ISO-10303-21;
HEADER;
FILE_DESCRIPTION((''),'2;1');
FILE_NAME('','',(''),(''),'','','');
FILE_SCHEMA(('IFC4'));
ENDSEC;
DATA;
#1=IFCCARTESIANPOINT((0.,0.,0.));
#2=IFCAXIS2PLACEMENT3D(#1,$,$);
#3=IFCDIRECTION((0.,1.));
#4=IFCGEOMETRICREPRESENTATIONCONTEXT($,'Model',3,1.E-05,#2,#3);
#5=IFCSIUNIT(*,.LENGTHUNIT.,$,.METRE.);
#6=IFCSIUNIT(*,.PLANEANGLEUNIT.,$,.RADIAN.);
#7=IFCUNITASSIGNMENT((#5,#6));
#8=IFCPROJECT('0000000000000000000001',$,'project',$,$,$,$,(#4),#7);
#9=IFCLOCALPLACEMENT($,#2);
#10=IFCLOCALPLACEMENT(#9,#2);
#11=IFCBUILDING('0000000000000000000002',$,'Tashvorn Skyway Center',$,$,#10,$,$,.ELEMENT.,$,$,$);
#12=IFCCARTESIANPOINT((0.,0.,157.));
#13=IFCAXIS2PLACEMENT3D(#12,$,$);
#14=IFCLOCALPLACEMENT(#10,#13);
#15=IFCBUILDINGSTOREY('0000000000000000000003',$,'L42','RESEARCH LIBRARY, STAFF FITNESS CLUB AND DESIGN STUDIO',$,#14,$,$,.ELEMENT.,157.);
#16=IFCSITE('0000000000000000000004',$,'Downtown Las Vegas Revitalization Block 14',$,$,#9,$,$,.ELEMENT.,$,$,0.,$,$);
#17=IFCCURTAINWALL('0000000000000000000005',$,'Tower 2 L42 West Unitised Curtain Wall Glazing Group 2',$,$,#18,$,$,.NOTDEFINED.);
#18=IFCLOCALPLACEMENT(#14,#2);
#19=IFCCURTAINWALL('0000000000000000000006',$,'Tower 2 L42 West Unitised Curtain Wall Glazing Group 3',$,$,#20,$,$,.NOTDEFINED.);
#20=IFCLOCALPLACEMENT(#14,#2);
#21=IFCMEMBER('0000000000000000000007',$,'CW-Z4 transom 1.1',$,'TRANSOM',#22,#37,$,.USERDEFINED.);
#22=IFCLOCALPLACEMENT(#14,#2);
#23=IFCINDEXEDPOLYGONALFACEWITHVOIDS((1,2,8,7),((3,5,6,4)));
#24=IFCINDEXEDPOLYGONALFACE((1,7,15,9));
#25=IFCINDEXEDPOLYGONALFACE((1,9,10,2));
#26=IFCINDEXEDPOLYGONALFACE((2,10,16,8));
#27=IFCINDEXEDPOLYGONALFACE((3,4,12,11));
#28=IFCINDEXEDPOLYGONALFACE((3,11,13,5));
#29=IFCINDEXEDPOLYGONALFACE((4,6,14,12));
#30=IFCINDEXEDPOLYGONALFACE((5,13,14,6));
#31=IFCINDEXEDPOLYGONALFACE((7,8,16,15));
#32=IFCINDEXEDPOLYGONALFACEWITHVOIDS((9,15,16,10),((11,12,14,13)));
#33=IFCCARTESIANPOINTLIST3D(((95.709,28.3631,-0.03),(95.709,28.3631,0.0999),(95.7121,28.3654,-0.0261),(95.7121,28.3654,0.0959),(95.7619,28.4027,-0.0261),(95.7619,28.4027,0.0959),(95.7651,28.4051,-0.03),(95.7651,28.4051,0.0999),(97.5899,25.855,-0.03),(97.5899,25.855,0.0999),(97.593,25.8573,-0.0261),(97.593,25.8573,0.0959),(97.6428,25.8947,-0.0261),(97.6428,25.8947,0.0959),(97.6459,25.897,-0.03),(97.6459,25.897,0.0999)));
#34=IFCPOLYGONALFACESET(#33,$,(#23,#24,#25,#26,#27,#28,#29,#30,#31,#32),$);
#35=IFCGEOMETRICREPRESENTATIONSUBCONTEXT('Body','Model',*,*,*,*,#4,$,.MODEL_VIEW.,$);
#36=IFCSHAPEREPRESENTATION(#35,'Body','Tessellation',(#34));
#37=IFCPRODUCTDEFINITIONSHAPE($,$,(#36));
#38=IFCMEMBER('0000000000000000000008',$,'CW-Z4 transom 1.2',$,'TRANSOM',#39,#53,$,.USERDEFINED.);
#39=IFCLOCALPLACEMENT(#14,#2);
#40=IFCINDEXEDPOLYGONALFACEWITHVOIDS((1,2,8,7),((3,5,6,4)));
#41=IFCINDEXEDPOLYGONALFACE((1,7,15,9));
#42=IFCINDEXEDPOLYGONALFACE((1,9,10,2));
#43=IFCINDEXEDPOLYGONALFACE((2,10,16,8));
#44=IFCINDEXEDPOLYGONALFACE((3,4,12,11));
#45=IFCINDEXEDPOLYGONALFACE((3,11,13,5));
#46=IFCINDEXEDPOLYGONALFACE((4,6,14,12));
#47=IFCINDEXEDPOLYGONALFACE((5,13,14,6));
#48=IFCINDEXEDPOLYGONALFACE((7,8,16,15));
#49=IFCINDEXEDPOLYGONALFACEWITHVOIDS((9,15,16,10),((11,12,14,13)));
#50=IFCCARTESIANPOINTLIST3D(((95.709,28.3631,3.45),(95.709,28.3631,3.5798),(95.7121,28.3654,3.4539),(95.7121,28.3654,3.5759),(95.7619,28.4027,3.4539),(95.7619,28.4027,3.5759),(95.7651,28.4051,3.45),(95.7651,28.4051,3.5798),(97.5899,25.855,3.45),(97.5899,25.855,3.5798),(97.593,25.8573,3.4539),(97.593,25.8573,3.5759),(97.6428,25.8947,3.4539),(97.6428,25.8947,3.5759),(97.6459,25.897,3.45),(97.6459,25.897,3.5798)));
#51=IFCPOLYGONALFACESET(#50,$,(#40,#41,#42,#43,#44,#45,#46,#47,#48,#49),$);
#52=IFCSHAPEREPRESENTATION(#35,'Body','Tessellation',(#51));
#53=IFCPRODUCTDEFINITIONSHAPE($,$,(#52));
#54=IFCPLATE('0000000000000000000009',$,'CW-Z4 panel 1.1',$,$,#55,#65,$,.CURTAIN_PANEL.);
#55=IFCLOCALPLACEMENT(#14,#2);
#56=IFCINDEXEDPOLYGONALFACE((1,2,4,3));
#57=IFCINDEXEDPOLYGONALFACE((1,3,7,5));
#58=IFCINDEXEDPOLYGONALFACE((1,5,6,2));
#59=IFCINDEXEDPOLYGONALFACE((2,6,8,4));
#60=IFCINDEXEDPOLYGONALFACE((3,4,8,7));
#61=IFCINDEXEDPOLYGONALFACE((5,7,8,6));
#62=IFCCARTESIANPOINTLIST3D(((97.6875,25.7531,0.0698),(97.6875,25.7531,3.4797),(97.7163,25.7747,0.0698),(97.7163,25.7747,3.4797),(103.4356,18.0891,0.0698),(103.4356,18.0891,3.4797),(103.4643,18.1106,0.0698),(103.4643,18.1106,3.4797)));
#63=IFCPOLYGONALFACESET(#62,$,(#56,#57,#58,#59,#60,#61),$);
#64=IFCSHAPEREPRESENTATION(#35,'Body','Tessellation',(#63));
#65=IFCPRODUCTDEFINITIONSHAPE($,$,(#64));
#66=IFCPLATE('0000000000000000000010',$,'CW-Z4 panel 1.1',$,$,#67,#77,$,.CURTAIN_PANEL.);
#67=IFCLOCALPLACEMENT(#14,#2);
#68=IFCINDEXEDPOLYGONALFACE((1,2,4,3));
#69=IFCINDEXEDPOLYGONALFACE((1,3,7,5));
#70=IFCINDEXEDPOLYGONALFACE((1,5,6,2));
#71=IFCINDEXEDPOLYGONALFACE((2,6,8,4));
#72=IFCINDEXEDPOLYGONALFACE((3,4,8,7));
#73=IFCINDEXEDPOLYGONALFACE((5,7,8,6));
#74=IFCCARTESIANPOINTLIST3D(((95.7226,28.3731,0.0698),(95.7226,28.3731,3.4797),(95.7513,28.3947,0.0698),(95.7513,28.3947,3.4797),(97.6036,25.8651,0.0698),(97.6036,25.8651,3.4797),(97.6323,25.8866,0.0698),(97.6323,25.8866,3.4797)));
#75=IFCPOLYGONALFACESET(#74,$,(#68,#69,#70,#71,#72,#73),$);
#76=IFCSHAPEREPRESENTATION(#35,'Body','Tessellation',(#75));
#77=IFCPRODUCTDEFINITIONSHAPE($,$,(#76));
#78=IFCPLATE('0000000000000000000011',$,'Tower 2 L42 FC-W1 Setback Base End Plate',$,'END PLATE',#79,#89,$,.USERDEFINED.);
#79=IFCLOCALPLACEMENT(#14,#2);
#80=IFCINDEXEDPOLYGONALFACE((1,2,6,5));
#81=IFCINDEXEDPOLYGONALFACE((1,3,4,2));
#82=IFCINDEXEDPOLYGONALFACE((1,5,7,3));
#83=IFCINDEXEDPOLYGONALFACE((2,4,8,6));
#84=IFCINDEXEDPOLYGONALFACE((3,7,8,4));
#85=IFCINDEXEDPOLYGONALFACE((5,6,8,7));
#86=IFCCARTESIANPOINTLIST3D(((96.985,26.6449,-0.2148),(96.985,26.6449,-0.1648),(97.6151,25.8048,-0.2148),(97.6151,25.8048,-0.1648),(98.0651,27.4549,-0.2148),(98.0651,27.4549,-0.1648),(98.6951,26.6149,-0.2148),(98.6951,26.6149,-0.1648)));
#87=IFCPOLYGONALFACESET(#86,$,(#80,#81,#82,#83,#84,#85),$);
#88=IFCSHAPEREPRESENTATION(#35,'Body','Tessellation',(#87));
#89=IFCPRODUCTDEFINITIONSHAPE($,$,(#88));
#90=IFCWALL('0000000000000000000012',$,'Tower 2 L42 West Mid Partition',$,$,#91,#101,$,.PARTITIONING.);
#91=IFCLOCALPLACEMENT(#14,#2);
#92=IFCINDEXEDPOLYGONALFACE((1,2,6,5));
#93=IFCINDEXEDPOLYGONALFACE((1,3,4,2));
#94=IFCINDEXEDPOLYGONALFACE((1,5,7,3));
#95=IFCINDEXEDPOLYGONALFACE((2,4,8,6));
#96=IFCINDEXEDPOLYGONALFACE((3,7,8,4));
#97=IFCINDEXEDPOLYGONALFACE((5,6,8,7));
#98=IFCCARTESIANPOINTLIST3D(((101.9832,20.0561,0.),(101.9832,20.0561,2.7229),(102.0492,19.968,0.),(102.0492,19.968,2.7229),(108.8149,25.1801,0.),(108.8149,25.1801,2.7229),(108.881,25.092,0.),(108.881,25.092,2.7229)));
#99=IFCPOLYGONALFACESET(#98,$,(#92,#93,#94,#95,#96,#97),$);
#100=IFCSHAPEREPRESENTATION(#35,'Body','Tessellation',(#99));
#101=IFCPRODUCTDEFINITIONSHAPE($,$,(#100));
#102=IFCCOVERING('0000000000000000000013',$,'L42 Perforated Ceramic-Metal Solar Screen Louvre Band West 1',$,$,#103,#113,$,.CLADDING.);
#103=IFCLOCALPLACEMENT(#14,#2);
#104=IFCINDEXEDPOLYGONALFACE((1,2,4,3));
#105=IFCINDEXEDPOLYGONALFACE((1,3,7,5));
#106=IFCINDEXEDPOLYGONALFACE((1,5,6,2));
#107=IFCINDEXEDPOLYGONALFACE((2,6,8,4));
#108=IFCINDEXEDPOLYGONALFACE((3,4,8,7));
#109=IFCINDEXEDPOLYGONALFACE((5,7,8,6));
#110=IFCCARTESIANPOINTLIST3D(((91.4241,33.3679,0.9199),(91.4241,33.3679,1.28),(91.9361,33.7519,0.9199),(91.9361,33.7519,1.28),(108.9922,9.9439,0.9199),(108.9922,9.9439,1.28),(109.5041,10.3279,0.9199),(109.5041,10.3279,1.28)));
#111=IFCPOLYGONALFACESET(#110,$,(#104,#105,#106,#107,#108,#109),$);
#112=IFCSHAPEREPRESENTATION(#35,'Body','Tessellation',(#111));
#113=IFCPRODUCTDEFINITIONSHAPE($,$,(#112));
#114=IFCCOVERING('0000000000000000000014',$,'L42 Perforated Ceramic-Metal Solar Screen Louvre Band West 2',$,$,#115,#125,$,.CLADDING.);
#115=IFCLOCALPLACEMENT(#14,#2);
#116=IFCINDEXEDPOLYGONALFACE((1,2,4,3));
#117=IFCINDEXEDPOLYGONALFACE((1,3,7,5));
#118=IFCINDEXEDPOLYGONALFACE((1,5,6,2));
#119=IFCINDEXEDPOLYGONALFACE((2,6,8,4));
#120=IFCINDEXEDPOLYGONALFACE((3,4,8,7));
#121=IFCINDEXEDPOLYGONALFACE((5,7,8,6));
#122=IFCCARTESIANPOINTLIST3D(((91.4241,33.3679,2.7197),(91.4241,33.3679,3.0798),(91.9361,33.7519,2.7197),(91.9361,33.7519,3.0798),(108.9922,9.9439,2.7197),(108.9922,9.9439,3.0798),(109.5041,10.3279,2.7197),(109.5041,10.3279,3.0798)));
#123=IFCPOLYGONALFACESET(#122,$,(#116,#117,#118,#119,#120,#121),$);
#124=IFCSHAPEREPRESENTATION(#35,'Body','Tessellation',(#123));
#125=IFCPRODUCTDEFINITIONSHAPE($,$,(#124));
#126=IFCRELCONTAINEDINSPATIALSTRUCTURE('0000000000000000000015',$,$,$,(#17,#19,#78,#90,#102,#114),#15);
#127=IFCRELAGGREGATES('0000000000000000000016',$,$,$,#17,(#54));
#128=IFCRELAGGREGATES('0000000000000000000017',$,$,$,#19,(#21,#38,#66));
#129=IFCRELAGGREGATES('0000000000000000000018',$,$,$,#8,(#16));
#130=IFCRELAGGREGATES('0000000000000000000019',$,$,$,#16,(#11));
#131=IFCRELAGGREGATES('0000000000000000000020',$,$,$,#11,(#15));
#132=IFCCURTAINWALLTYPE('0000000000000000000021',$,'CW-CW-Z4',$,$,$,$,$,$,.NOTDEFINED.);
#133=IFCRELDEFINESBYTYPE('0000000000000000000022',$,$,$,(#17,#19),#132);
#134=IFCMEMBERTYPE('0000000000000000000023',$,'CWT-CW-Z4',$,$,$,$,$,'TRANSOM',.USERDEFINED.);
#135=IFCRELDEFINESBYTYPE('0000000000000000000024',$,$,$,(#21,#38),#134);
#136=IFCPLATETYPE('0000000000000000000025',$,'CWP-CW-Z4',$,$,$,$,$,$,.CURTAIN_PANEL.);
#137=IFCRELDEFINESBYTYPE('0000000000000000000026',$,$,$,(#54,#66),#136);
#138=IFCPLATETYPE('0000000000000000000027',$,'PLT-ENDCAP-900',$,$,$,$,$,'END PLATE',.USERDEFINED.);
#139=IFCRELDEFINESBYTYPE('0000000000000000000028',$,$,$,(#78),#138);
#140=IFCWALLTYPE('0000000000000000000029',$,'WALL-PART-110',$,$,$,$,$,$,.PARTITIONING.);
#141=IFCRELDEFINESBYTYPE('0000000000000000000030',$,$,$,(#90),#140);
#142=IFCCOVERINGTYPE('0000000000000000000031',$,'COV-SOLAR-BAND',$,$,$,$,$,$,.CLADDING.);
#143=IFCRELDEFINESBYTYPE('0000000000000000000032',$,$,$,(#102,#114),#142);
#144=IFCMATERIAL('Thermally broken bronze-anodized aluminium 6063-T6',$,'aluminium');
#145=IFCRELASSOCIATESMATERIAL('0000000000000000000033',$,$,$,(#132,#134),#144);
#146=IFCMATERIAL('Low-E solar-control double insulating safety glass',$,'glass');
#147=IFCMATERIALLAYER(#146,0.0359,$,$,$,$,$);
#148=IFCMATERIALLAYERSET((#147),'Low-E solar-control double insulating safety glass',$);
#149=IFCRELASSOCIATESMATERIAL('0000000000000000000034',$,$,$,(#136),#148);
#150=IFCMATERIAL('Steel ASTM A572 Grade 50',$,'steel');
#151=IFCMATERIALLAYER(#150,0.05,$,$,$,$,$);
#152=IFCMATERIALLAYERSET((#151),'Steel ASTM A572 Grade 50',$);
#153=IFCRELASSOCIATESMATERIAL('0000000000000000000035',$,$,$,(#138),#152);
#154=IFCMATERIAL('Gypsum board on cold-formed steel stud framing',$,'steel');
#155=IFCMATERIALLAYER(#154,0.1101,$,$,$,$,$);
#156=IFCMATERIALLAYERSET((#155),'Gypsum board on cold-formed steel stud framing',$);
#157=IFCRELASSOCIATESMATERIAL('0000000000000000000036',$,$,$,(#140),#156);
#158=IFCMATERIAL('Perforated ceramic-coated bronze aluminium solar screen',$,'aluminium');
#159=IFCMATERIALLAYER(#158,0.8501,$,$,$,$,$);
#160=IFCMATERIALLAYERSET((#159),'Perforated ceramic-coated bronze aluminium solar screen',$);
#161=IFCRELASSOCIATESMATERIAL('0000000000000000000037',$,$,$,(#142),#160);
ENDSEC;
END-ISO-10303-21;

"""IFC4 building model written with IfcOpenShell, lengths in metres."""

from ifc_helpers import new_model, si_unit, direction, frame, frame_2d, origin, origin_2d, place, context, subcontext, project, spatial, rectangle, hollow_rectangle, extrude, material, layer, layer_set, material_profile, profile_set, type_object, element, aggregate, save


model = new_model("IFC4")

# Units and contexts
model_context = context("Model", 3, precision=1e-05, world=origin(), true_north=direction((0.0, 1.0)))
body_context = subcontext(model_context, "Body", "Model", "MODEL_VIEW")
ifc_project = project(units=[si_unit("LENGTHUNIT", "METRE"), si_unit("PLANEANGLEUNIT", "RADIAN")], contexts=[model_context])

# Site, building, storey
site_placement = place(None, origin())
site = spatial("IfcSite", under=ifc_project, at=site_placement, Name="Downtown Las Vegas Revitalization Block 14", CompositionType="ELEMENT", RefElevation=0.0)
building_placement = place(site_placement, origin())
building = spatial("IfcBuilding", under=site, at=building_placement, Name="Tashvorn Skyway Center", CompositionType="ELEMENT")
storey_placement = place(building_placement, frame((0.0, 0.0, 157.0)))
storey = spatial("IfcBuildingStorey", under=building, at=storey_placement, Name="L42", Description="RESEARCH LIBRARY, STAFF FITNESS CLUB AND DESIGN STUDIO", CompositionType="ELEMENT", Elevation=157.0)

# Shared definitions
ifc_material_1 = material(Name="Steel ASTM A572 Grade 50", Category="steel")

# Shared definitions
ifc_material_2 = material(Name="Thermally broken bronze-anodized aluminium 6063-T6", Category="aluminium")
curtain_wall_type = type_object("IfcCurtainWallType", Name="CW-CW-Z4", PredefinedType="NOTDEFINED", material=ifc_material_2)

# Curtain wall
curtain_wall_1_placement = place(storey_placement, origin())
curtain_wall_1 = element("IfcCurtainWall", 1, at=curtain_wall_1_placement, inside=storey, type_object=curtain_wall_type, Name="Tower 2 L42 West Unitised Curtain Wall Glazing Group 2", PredefinedType="NOTDEFINED")

# Curtain wall
curtain_wall_2_placement = place(storey_placement, origin())
curtain_wall_2 = element("IfcCurtainWall", 2, at=curtain_wall_2_placement, inside=storey, type_object=curtain_wall_type, Name="Tower 2 L42 West Unitised Curtain Wall Glazing Group 3", PredefinedType="NOTDEFINED")

# Members
ifc_material_profile_1 = material_profile(ifc_material_2, hollow_rectangle(XDim=0.0701, YDim=0.1299, WallThickness=0.0039, at=origin_2d()), Name="ALU-TRAN-70x130")
ifc_profile_set_1 = profile_set([ifc_material_profile_1], Name="Thermally broken bronze-anodized aluminium 6063-T6")
member_type_1 = type_object("IfcMemberType", Name="CWT-CW-Z4", ElementType="TRANSOM", PredefinedType="USERDEFINED", material=ifc_profile_set_1)
member_1_placement = place(storey_placement, frame((97.6179, 25.876, 0.0349), z_axis=(-0.599963, 0.800028, 0.0), x_axis=(-0.800028, -0.599963, 0.0)))
member_1 = element("IfcMember", 3, at=member_1_placement, type_object=member_type_1, Name="CW-Z4 transom 1.1", ObjectType="TRANSOM", PredefinedType="USERDEFINED", context=body_context, shape_type="SweptSolid", body=[
    extrude(hollow_rectangle(XDim=0.0701, YDim=0.1299, WallThickness=0.0039, at=origin_2d()), origin(), (0.0, 0.0, 1.0), 3.135),
])
member_2_placement = place(storey_placement, frame((97.6179, 25.876, 3.5149), z_axis=(-0.599963, 0.800028, 0.0), x_axis=(-0.800028, -0.599963, 0.0)))
member_2 = element("IfcMember", 4, at=member_2_placement, type_object=member_type_1, Name="CW-Z4 transom 1.2", ObjectType="TRANSOM", PredefinedType="USERDEFINED", context=body_context, shape_type="SweptSolid", body=[
    extrude(hollow_rectangle(XDim=0.0701, YDim=0.1299, WallThickness=0.0039, at=origin_2d()), origin(), (0.0, 0.0, 1.0), 3.135),
])

# Plates
ifc_material_3 = material(Name="Low-E solar-control double insulating safety glass", Category="glass")
ifc_layer_1 = layer(ifc_material_3, 0.0359)
ifc_layer_set_1 = layer_set([ifc_layer_1], Name="Low-E solar-control double insulating safety glass")
plate_type_1 = type_object("IfcPlateType", Name="CWP-CW-Z4", PredefinedType="CURTAIN_PANEL", material=ifc_layer_set_1)
plate_1_placement = place(storey_placement, frame((100.5759, 21.9319, 0.0698), z_axis=(0.0, 0.0, 1.0), x_axis=(-0.6, 0.8, 0.0)))
plate_1 = element("IfcPlate", 5, at=plate_1_placement, type_object=plate_type_1, Name="CW-Z4 panel 1.1", PredefinedType="CURTAIN_PANEL", context=body_context, shape_type="SweptSolid", body=[
    extrude(rectangle(XDim=9.5801, YDim=0.0359, at=origin_2d()), origin(), (0.0, 0.0, 1.0), 3.4099),
])
aggregate(curtain_wall_1, [plate_1])
plate_2_placement = place(storey_placement, frame((96.6775, 27.1299, 0.0698), z_axis=(0.0, 0.0, 1.0), x_axis=(-0.6, 0.8, 0.0)))
plate_2 = element("IfcPlate", 6, at=plate_2_placement, type_object=plate_type_1, Name="CW-Z4 panel 1.1", PredefinedType="CURTAIN_PANEL", context=body_context, shape_type="SweptSolid", body=[
    extrude(rectangle(XDim=3.135, YDim=0.0359, at=origin_2d()), origin(), (0.0, 0.0, 1.0), 3.4099),
])
aggregate(curtain_wall_2, [member_1, member_2, plate_2])
ifc_layer_2 = layer(ifc_material_1, 0.05)
ifc_layer_set_2 = layer_set([ifc_layer_2], Name="Steel ASTM A572 Grade 50")
plate_type_2 = type_object("IfcPlateType", Name="PLT-ENDCAP-900", ElementType="END PLATE", PredefinedType="USERDEFINED", material=ifc_layer_set_2)
plate_3_placement = place(storey_placement, frame((97.8401, 26.6299, -0.2148), z_axis=(0.0, 0.0, 1.0), x_axis=(0.8, 0.6, 0.0)))
element("IfcPlate", 7, at=plate_3_placement, inside=storey, type_object=plate_type_2, Name="Tower 2 L42 FC-W1 Setback Base End Plate", ObjectType="END PLATE", PredefinedType="USERDEFINED", context=body_context, shape_type="SweptSolid", body=[
    extrude(rectangle(XDim=1.3501, YDim=1.05, at=origin_2d()), origin(), (0.0, 0.0, 1.0), 0.05),
])

# Wall
ifc_material_4 = material(Name="Gypsum board on cold-formed steel stud framing", Category="steel")
ifc_layer_3 = layer(ifc_material_4, 0.1101)
ifc_layer_set_3 = layer_set([ifc_layer_3], Name="Gypsum board on cold-formed steel stud framing")
wall_type = type_object("IfcWallType", Name="WALL-PART-110", PredefinedType="PARTITIONING", material=ifc_layer_set_3)
wall_placement = place(storey_placement, frame((102.0161, 20.012, 0.0), z_axis=(0.0, 0.0, 1.0), x_axis=(0.79999, 0.600014, 0.0)))
element("IfcWall", 8, at=wall_placement, inside=storey, type_object=wall_type, Name="Tower 2 L42 West Mid Partition", PredefinedType="PARTITIONING", context=body_context, shape_type="SweptSolid", body=[
    extrude(rectangle(XDim=8.5398, YDim=0.1101, at=frame_2d((4.27, 0.0))), origin(), (0.0, 0.0, 1.0), 2.7229),
])

# Coverings
ifc_material_5 = material(Name="Perforated ceramic-coated bronze aluminium solar screen", Category="aluminium")
ifc_layer_4 = layer(ifc_material_5, 0.8501)
ifc_layer_set_4 = layer_set([ifc_layer_4], Name="Perforated ceramic-coated bronze aluminium solar screen")
covering_type = type_object("IfcCoveringType", Name="COV-SOLAR-BAND", PredefinedType="CLADDING", material=ifc_layer_set_4)
for number, where, z_axis, x_axis, name in (
    (9, (100.4641, 21.8479, 0.9199), (0.0, 0.0, 1.0), (-0.6, 0.8, 0.0), "L42 Perforated Ceramic-Metal Solar Screen Louvre Band West 1"),
    (10, (100.4641, 21.8479, 2.7197), (0.0, 0.0, 1.0), (-0.6, 0.8, 0.0), "L42 Perforated Ceramic-Metal Solar Screen Louvre Band West 2"),
):
    element("IfcCovering", number, at=place(storey_placement, frame(where, z_axis=z_axis, x_axis=x_axis)), inside=storey, type_object=covering_type, Name=name, PredefinedType="CLADDING", context=body_context, shape_type="SweptSolid", body=[
        extrude(rectangle(XDim=29.28, YDim=0.6399, at=origin_2d()), origin(), (0.0, 0.0, 1.0), 0.3601),
    ])

save(model, "model.ifc")
